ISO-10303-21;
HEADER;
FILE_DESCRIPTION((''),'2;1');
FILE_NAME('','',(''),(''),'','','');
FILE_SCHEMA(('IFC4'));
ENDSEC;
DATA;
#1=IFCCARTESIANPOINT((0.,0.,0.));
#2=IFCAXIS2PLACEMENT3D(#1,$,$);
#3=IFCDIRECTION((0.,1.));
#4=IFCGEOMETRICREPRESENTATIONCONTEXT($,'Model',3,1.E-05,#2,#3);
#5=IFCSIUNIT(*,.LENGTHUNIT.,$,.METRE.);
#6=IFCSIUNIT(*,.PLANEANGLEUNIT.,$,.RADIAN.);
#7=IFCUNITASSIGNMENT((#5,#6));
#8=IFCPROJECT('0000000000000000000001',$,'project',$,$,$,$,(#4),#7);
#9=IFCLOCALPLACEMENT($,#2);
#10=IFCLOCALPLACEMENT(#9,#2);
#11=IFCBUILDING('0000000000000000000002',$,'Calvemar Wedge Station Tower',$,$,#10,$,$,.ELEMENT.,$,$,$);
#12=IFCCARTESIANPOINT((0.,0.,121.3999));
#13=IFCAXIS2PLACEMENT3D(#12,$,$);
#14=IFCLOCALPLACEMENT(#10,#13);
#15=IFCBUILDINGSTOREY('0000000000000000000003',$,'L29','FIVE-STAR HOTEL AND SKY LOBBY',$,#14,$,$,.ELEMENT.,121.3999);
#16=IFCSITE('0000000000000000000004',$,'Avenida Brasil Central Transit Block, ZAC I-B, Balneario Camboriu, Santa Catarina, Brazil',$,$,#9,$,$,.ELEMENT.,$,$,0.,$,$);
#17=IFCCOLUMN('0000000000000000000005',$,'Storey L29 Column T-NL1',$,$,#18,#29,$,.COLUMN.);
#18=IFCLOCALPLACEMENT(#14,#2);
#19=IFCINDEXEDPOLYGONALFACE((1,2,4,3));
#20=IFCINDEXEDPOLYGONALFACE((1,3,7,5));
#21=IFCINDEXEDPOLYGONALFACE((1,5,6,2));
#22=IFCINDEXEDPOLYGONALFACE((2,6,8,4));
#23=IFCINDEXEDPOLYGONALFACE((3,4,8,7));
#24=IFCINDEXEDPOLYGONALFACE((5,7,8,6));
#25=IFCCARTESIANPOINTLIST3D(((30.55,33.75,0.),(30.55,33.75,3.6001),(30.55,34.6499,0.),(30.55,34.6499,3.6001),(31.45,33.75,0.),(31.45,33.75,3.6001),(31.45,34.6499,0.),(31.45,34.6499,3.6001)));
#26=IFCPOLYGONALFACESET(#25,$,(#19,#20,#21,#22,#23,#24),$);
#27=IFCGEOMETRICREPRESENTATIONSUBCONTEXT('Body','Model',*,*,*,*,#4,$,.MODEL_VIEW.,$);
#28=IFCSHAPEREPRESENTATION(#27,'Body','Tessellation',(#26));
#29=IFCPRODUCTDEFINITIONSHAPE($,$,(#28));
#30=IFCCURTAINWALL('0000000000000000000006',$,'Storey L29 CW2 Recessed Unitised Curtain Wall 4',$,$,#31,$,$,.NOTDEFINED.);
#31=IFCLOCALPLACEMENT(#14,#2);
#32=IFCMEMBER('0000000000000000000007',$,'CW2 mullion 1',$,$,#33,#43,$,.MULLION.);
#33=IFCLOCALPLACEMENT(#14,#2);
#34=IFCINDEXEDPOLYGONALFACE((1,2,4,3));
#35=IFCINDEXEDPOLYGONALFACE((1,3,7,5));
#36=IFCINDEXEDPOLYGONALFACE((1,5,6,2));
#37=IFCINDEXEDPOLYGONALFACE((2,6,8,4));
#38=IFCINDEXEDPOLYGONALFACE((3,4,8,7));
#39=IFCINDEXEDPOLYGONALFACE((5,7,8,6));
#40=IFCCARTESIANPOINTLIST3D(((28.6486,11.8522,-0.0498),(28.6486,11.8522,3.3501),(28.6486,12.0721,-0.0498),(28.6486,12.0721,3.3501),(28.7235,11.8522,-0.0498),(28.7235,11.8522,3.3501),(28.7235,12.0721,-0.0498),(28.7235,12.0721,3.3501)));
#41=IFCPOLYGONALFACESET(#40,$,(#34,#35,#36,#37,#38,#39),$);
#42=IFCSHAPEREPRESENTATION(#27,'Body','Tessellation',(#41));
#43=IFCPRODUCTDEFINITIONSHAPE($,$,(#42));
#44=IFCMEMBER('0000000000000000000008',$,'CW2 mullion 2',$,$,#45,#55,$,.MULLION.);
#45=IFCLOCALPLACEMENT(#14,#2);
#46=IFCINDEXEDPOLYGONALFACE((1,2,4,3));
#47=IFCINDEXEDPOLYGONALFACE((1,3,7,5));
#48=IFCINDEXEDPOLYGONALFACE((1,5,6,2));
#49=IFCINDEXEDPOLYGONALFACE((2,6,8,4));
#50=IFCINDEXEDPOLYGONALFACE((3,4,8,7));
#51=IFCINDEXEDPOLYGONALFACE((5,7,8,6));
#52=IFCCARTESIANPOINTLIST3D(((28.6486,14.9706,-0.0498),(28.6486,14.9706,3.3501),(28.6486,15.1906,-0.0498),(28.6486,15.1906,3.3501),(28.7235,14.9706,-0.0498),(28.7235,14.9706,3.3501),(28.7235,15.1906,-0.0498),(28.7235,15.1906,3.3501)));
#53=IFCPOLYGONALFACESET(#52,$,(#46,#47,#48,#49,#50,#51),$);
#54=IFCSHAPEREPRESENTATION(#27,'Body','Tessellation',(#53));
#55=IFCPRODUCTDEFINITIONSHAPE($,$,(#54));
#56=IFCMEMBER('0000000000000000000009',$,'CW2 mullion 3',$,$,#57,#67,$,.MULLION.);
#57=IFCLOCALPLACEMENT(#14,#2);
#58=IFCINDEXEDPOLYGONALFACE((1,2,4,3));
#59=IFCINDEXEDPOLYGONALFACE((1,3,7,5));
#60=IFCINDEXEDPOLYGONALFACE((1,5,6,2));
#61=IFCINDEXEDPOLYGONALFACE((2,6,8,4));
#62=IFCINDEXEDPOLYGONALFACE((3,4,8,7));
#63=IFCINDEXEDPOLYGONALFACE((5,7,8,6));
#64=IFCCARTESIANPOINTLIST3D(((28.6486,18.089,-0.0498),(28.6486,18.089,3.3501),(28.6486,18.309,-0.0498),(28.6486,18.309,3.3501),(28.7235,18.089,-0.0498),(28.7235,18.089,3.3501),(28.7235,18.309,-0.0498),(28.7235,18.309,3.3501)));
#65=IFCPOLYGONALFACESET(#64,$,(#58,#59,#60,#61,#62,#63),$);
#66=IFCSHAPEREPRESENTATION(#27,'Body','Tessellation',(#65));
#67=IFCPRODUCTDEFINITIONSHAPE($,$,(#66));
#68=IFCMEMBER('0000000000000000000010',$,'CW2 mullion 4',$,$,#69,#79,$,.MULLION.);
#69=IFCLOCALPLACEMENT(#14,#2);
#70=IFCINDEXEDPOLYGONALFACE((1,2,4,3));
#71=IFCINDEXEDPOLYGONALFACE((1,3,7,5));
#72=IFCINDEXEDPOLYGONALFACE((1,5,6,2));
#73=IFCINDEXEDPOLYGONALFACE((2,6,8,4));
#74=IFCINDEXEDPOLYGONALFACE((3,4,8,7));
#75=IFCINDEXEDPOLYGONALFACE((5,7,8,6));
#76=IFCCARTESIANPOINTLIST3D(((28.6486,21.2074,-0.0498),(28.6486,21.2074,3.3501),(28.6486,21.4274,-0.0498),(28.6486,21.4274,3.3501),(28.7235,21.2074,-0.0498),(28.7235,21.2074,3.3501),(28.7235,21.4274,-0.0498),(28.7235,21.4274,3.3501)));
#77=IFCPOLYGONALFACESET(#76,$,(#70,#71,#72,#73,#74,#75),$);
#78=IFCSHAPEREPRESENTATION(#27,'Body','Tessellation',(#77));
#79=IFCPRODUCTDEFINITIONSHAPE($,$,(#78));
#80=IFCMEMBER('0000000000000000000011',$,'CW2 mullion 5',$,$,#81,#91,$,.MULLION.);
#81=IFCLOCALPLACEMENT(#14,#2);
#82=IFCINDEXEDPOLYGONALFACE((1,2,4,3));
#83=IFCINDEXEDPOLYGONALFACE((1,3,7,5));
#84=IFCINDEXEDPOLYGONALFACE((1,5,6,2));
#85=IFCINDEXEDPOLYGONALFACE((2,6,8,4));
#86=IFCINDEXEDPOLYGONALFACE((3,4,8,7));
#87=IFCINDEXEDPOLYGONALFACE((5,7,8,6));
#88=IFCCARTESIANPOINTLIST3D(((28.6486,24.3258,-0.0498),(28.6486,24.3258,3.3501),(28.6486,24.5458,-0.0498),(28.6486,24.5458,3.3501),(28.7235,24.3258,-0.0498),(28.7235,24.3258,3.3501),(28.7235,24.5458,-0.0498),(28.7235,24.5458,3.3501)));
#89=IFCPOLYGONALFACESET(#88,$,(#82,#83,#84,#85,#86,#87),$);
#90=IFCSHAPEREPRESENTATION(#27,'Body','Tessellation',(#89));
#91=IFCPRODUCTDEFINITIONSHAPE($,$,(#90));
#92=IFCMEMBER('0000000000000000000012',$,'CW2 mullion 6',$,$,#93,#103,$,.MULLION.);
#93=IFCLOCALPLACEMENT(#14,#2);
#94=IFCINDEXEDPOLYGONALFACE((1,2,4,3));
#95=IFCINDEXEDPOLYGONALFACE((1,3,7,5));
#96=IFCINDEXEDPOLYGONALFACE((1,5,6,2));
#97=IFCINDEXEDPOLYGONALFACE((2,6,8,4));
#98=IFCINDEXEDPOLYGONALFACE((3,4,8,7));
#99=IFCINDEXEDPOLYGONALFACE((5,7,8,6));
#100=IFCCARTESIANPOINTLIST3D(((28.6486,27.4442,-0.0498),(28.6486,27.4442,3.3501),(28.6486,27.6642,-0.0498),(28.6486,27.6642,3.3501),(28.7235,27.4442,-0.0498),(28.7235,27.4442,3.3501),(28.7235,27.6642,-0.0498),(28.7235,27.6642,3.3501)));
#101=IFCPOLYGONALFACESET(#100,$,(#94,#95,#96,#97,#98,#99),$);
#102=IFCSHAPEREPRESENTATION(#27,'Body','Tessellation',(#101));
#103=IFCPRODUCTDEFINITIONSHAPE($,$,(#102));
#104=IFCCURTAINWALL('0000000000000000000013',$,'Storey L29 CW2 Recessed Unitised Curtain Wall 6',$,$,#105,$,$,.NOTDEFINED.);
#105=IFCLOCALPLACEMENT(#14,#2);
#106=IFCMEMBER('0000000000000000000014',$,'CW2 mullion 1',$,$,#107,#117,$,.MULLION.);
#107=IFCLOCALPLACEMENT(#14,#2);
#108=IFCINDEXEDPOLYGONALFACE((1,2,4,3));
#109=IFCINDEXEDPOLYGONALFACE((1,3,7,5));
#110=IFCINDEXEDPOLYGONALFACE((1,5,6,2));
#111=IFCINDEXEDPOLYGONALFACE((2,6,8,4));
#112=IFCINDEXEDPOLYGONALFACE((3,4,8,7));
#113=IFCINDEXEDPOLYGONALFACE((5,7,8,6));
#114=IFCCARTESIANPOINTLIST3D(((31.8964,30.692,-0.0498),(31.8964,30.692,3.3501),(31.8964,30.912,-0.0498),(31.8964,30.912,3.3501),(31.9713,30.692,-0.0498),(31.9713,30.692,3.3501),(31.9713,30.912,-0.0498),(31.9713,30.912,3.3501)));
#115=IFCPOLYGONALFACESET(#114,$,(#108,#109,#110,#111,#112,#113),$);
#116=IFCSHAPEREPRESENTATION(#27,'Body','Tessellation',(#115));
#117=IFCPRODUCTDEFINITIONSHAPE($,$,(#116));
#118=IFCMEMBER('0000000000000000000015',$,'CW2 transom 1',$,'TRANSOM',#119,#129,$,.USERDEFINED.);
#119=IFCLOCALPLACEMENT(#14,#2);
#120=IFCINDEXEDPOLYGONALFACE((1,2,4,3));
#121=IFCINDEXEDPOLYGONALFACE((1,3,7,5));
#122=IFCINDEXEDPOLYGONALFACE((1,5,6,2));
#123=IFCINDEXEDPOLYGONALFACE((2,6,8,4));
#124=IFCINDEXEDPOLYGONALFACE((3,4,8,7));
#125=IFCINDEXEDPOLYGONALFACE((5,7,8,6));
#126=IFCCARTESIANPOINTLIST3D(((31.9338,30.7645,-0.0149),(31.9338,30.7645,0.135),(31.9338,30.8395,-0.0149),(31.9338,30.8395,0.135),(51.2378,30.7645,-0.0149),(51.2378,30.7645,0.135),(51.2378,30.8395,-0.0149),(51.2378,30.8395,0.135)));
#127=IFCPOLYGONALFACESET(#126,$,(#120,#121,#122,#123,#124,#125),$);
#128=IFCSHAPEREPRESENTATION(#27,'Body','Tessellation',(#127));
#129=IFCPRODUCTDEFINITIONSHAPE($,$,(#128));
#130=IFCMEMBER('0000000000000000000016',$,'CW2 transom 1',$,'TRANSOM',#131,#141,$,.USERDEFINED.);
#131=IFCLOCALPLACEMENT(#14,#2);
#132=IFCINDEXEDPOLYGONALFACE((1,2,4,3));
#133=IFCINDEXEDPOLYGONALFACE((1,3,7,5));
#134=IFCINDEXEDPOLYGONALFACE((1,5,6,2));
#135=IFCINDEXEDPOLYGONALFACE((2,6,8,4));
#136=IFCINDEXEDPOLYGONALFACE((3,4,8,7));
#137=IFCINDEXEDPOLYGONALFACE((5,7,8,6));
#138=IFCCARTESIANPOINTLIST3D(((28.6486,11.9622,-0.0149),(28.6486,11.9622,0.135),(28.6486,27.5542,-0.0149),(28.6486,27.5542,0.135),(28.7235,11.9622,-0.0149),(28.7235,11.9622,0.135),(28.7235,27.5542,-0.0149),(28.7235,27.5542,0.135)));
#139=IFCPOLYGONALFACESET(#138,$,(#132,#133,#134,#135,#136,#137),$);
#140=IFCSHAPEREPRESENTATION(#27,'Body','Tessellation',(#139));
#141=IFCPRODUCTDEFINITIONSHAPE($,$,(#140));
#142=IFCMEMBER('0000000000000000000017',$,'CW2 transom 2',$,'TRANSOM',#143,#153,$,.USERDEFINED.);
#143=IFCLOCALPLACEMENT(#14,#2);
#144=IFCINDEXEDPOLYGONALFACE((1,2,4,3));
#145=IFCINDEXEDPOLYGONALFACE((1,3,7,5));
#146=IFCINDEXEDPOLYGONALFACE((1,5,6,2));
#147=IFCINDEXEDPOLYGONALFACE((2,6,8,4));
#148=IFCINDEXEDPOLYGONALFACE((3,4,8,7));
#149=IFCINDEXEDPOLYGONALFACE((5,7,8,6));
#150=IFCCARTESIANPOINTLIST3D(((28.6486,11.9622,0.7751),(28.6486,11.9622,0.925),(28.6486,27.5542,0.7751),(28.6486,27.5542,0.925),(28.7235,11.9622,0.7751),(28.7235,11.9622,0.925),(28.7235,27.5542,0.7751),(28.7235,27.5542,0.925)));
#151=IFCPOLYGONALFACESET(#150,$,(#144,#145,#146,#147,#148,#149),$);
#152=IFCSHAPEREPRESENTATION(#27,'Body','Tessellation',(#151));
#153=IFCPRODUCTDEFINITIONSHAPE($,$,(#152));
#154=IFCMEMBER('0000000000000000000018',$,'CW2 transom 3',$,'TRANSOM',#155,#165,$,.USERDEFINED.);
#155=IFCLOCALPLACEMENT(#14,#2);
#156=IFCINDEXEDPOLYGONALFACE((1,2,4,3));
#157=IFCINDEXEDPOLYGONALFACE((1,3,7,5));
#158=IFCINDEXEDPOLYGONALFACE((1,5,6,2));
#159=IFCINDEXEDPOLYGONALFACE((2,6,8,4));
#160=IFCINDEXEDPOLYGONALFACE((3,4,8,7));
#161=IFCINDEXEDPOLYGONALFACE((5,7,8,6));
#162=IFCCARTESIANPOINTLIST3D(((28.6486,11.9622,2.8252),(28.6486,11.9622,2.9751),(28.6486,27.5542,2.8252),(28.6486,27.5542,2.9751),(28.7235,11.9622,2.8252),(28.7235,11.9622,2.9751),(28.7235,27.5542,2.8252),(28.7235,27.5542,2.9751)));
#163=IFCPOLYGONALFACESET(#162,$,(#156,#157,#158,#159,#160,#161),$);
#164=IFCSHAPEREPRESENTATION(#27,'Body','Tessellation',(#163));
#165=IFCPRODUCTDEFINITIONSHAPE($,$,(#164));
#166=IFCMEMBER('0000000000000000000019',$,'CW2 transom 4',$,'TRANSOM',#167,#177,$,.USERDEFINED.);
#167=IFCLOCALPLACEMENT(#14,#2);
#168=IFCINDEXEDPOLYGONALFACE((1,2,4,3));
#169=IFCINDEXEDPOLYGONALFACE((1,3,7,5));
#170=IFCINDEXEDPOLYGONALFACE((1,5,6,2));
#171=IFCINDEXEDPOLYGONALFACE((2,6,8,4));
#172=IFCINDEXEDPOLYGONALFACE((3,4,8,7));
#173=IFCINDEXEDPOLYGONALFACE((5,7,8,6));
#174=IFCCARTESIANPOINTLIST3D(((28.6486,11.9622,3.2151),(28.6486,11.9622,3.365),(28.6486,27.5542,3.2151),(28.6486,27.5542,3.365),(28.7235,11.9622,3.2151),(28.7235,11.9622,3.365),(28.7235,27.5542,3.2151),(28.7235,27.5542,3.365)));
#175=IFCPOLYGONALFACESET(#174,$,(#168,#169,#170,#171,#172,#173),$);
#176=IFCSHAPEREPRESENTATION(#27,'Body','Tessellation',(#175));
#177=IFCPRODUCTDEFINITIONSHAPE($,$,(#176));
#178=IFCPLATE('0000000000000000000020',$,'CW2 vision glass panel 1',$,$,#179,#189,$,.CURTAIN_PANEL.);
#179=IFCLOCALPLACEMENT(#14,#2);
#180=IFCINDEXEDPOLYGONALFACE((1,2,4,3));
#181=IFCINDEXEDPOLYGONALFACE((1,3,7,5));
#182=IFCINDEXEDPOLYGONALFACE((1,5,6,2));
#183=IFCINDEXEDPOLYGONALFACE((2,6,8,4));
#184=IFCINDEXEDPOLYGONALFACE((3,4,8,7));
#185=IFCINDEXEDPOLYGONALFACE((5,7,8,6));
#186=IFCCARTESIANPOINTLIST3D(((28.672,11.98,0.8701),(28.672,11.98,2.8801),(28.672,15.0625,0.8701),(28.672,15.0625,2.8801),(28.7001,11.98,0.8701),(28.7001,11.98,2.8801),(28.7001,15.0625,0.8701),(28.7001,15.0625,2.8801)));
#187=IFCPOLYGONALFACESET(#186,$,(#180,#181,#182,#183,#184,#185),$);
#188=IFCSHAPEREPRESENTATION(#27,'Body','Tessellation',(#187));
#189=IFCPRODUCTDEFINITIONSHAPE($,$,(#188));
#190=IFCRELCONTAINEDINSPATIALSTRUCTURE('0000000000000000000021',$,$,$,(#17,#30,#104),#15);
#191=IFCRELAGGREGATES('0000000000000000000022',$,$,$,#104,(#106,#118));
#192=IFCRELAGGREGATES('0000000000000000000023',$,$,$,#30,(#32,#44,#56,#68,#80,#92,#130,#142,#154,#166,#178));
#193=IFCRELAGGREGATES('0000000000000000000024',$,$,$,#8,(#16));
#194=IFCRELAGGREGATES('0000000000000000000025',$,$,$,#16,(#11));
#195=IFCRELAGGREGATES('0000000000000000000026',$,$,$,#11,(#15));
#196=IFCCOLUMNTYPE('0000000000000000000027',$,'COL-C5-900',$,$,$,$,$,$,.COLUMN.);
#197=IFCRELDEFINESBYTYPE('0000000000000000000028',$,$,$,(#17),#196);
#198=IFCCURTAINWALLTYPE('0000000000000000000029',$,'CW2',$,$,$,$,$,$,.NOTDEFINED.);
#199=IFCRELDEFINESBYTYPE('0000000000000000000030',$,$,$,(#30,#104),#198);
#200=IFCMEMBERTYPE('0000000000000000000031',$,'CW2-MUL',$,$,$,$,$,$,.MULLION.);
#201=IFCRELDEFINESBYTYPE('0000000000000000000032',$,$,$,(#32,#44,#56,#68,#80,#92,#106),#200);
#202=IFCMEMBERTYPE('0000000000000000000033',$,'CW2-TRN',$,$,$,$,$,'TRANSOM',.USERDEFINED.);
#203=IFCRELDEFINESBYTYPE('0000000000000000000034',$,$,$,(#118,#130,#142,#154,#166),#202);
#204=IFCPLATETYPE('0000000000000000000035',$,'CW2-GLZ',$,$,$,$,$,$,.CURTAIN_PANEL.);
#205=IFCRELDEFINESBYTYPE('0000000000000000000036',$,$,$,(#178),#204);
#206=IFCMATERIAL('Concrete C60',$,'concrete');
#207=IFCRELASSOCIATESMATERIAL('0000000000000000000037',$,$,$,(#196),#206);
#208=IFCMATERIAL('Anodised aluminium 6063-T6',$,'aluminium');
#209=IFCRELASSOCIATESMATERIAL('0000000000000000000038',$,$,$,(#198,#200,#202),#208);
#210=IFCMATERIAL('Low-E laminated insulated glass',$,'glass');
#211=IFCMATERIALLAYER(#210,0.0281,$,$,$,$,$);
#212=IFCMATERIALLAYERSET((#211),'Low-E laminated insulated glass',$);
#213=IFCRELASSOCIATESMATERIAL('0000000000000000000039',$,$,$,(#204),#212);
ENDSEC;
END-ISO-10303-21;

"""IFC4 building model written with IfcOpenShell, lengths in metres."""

from ifc_helpers import new_model, si_unit, direction, frame, frame_2d, origin, origin_2d, place, context, subcontext, project, spatial, rectangle, extrude, source, transform, mapped, material, layer, layer_set, material_profile, profile_set, type_object, element, aggregate, save


model = new_model("IFC4")

# Units and contexts
model_context = context("Model", 3, precision=1e-05, world=origin(), true_north=direction((0.0, 1.0)))
body_context = subcontext(model_context, "Body", "Model", "MODEL_VIEW")
ifc_project = project(units=[si_unit("LENGTHUNIT", "METRE"), si_unit("PLANEANGLEUNIT", "RADIAN")], contexts=[model_context])

# Site, building, storey
site_placement = place(None, origin())
site = spatial("IfcSite", under=ifc_project, at=site_placement, Name="Avenida Brasil Central Transit Block, ZAC I-B, Balneario Camboriu, Santa Catarina, Brazil", CompositionType="ELEMENT", RefElevation=0.0)
building_placement = place(site_placement, origin())
building = spatial("IfcBuilding", under=site, at=building_placement, Name="Calvemar Wedge Station Tower", CompositionType="ELEMENT")
storey_placement = place(building_placement, frame((0.0, 0.0, 121.3999)))
storey = spatial("IfcBuildingStorey", under=building, at=storey_placement, Name="L29", Description="FIVE-STAR HOTEL AND SKY LOBBY", CompositionType="ELEMENT", Elevation=121.3999)

# Column
ifc_material_1 = material(Name="Concrete C60", Category="concrete")
ifc_material_profile_1 = material_profile(ifc_material_1, rectangle(XDim=0.8999, YDim=0.8999, at=origin_2d()), Name="RC900x900")
ifc_profile_set_1 = profile_set([ifc_material_profile_1], Name="Concrete C60")
column_type = type_object("IfcColumnType", Name="COL-C5-900", PredefinedType="COLUMN", material=ifc_profile_set_1)
shared_shape_1 = source(origin(), body_context, "Body", "SweptSolid", [
    extrude(rectangle(XDim=0.8999, YDim=0.8999, at=origin_2d()), origin(), (0.0, 0.0, 1.0), 3.6001),
])
column_placement = place(storey_placement, frame((31.0, 34.2, 0.0), z_axis=(0.0, 0.0, 1.0), x_axis=(1.0, 0.0, 0.0)))
element("IfcColumn", 1, at=column_placement, inside=storey, type_object=column_type, Name="Storey L29 Column T-NL1", PredefinedType="COLUMN", context=body_context, shape_type="MappedRepresentation", body=[
    mapped(shared_shape_1, transform((0.0, 0.0, 0.0), scale=1.0)),
])

# Curtain walls, members
ifc_material_2 = material(Name="Anodised aluminium 6063-T6", Category="aluminium")
curtain_wall_type = type_object("IfcCurtainWallType", Name="CW2", PredefinedType="NOTDEFINED", material=ifc_material_2)
curtain_wall_1_placement = place(storey_placement, origin())
curtain_wall_1 = element("IfcCurtainWall", 2, at=curtain_wall_1_placement, inside=storey, type_object=curtain_wall_type, Name="Storey L29 CW2 Recessed Unitised Curtain Wall 4", PredefinedType="NOTDEFINED")
ifc_material_profile_2 = material_profile(ifc_material_2, rectangle(XDim=0.075, YDim=0.22, at=origin_2d()), Name="AL-MUL-75x220")
ifc_profile_set_2 = profile_set([ifc_material_profile_2], Name="Anodised aluminium 6063-T6")
member_type_1 = type_object("IfcMemberType", Name="CW2-MUL", PredefinedType="MULLION", material=ifc_profile_set_2)
shared_shape_2 = source(origin(), body_context, "Body", "SweptSolid", [
    extrude(rectangle(XDim=0.075, YDim=0.22, at=origin_2d()), origin(), (0.0, 0.0, 1.0), 3.3999),
])
member_1_placement = place(storey_placement, frame((28.686, 11.9622, -0.0498), z_axis=(0.0, 0.0, 1.0), x_axis=(1.0, 0.0, 0.0)))
member_1 = element("IfcMember", 3, at=member_1_placement, type_object=member_type_1, Name="CW2 mullion 1", PredefinedType="MULLION", context=body_context, shape_type="MappedRepresentation", body=[
    mapped(shared_shape_2, transform((0.0, 0.0, 0.0), scale=1.0)),
])
member_2_placement = place(storey_placement, frame((28.686, 15.0806, -0.0498), z_axis=(0.0, 0.0, 1.0), x_axis=(1.0, 0.0, 0.0)))
member_2 = element("IfcMember", 4, at=member_2_placement, type_object=member_type_1, Name="CW2 mullion 2", PredefinedType="MULLION", context=body_context, shape_type="MappedRepresentation", body=[
    mapped(shared_shape_2, transform((0.0, 0.0, 0.0), scale=1.0)),
])
member_3_placement = place(storey_placement, frame((28.686, 18.199, -0.0498), z_axis=(0.0, 0.0, 1.0), x_axis=(1.0, 0.0, 0.0)))
member_3 = element("IfcMember", 5, at=member_3_placement, type_object=member_type_1, Name="CW2 mullion 3", PredefinedType="MULLION", context=body_context, shape_type="MappedRepresentation", body=[
    mapped(shared_shape_2, transform((0.0, 0.0, 0.0), scale=1.0)),
])
member_4_placement = place(storey_placement, frame((28.686, 21.3174, -0.0498), z_axis=(0.0, 0.0, 1.0), x_axis=(1.0, 0.0, 0.0)))
member_4 = element("IfcMember", 6, at=member_4_placement, type_object=member_type_1, Name="CW2 mullion 4", PredefinedType="MULLION", context=body_context, shape_type="MappedRepresentation", body=[
    mapped(shared_shape_2, transform((0.0, 0.0, 0.0), scale=1.0)),
])
member_5_placement = place(storey_placement, frame((28.686, 24.4358, -0.0498), z_axis=(0.0, 0.0, 1.0), x_axis=(1.0, 0.0, 0.0)))
member_5 = element("IfcMember", 7, at=member_5_placement, type_object=member_type_1, Name="CW2 mullion 5", PredefinedType="MULLION", context=body_context, shape_type="MappedRepresentation", body=[
    mapped(shared_shape_2, transform((0.0, 0.0, 0.0), scale=1.0)),
])
member_6_placement = place(storey_placement, frame((28.686, 27.5542, -0.0498), z_axis=(0.0, 0.0, 1.0), x_axis=(1.0, 0.0, 0.0)))
member_6 = element("IfcMember", 8, at=member_6_placement, type_object=member_type_1, Name="CW2 mullion 6", PredefinedType="MULLION", context=body_context, shape_type="MappedRepresentation", body=[
    mapped(shared_shape_2, transform((0.0, 0.0, 0.0), scale=1.0)),
])
curtain_wall_2_placement = place(storey_placement, origin())
curtain_wall_2 = element("IfcCurtainWall", 9, at=curtain_wall_2_placement, inside=storey, type_object=curtain_wall_type, Name="Storey L29 CW2 Recessed Unitised Curtain Wall 6", PredefinedType="NOTDEFINED")
member_7_placement = place(storey_placement, frame((31.9338, 30.802, -0.0498), z_axis=(0.0, 0.0, 1.0), x_axis=(1.0, 0.0, 0.0)))
member_7 = element("IfcMember", 10, at=member_7_placement, type_object=member_type_1, Name="CW2 mullion 1", PredefinedType="MULLION", context=body_context, shape_type="MappedRepresentation", body=[
    mapped(shared_shape_2, transform((0.0, 0.0, 0.0), scale=1.0)),
])
ifc_material_profile_3 = material_profile(ifc_material_2, rectangle(XDim=0.075, YDim=0.1499, at=origin_2d()), Name="AL-TRN-75x150")
ifc_profile_set_3 = profile_set([ifc_material_profile_3], Name="Anodised aluminium 6063-T6")
member_type_2 = type_object("IfcMemberType", Name="CW2-TRN", ElementType="TRANSOM", PredefinedType="USERDEFINED", material=ifc_profile_set_3)
shared_shape_3 = source(origin(), body_context, "Body", "SweptSolid", [
    extrude(rectangle(XDim=0.075, YDim=0.1499, at=origin_2d()), origin(), (0.0, 0.0, 1.0), 19.304),
])
member_8_placement = place(storey_placement, frame((31.9338, 30.802, 0.0601), z_axis=(1.0, 0.0, 0.0), x_axis=(0.0, 1.0, 0.0)))
member_8 = element("IfcMember", 11, at=member_8_placement, type_object=member_type_2, Name="CW2 transom 1", ObjectType="TRANSOM", PredefinedType="USERDEFINED", context=body_context, shape_type="MappedRepresentation", body=[
    mapped(shared_shape_3, transform((0.0, 0.0, 0.0), scale=1.0)),
])
aggregate(curtain_wall_2, [member_7, member_8])

# Members
shared_shape_4 = source(origin(), body_context, "Body", "SweptSolid", [
    extrude(rectangle(XDim=0.075, YDim=0.1499, at=origin_2d()), origin(), (0.0, 0.0, 1.0), 15.592),
])
member_9_placement = place(storey_placement, frame((28.686, 11.9622, 0.0601), z_axis=(0.0, 1.0, 0.0), x_axis=(-1.0, 0.0, 0.0)))
member_9 = element("IfcMember", 12, at=member_9_placement, type_object=member_type_2, Name="CW2 transom 1", ObjectType="TRANSOM", PredefinedType="USERDEFINED", context=body_context, shape_type="MappedRepresentation", body=[
    mapped(shared_shape_4, transform((0.0, 0.0, 0.0), scale=1.0)),
])
member_10_placement = place(storey_placement, frame((28.686, 11.9622, 0.8501), z_axis=(0.0, 1.0, 0.0), x_axis=(-1.0, 0.0, 0.0)))
member_10 = element("IfcMember", 13, at=member_10_placement, type_object=member_type_2, Name="CW2 transom 2", ObjectType="TRANSOM", PredefinedType="USERDEFINED", context=body_context, shape_type="MappedRepresentation", body=[
    mapped(shared_shape_4, transform((0.0, 0.0, 0.0), scale=1.0)),
])
member_11_placement = place(storey_placement, frame((28.686, 11.9622, 2.9001), z_axis=(0.0, 1.0, 0.0), x_axis=(-1.0, 0.0, 0.0)))
member_11 = element("IfcMember", 14, at=member_11_placement, type_object=member_type_2, Name="CW2 transom 3", ObjectType="TRANSOM", PredefinedType="USERDEFINED", context=body_context, shape_type="MappedRepresentation", body=[
    mapped(shared_shape_4, transform((0.0, 0.0, 0.0), scale=1.0)),
])
member_12_placement = place(storey_placement, frame((28.686, 11.9622, 3.29), z_axis=(0.0, 1.0, 0.0), x_axis=(-1.0, 0.0, 0.0)))
member_12 = element("IfcMember", 15, at=member_12_placement, type_object=member_type_2, Name="CW2 transom 4", ObjectType="TRANSOM", PredefinedType="USERDEFINED", context=body_context, shape_type="MappedRepresentation", body=[
    mapped(shared_shape_4, transform((0.0, 0.0, 0.0), scale=1.0)),
])

# Plate
ifc_material_3 = material(Name="Low-E laminated insulated glass", Category="glass")
ifc_layer_1 = layer(ifc_material_3, 0.0281)
ifc_layer_set_1 = layer_set([ifc_layer_1], Name="Low-E laminated insulated glass")
plate_type_1 = type_object("IfcPlateType", Name="CW2-GLZ", PredefinedType="CURTAIN_PANEL", material=ifc_layer_set_1)
plate_1_placement = place(storey_placement, frame((28.686, 11.98, 0.8701), z_axis=(0.0, 0.0, 1.0), x_axis=(0.0, 1.0, 0.0)))
plate_1 = element("IfcPlate", 16, at=plate_1_placement, type_object=plate_type_1, Name="CW2 vision glass panel 1", PredefinedType="CURTAIN_PANEL", context=body_context, shape_type="SweptSolid", body=[
    extrude(rectangle(XDim=3.0825, YDim=0.0281, at=frame_2d((1.5413, 0.0))), origin(), (0.0, 0.0, 1.0), 2.01),
])
aggregate(curtain_wall_1, [member_1, member_2, member_3, member_4, member_5, member_6, member_9, member_10, member_11, member_12, plate_1])

save(model, "model.ifc")
